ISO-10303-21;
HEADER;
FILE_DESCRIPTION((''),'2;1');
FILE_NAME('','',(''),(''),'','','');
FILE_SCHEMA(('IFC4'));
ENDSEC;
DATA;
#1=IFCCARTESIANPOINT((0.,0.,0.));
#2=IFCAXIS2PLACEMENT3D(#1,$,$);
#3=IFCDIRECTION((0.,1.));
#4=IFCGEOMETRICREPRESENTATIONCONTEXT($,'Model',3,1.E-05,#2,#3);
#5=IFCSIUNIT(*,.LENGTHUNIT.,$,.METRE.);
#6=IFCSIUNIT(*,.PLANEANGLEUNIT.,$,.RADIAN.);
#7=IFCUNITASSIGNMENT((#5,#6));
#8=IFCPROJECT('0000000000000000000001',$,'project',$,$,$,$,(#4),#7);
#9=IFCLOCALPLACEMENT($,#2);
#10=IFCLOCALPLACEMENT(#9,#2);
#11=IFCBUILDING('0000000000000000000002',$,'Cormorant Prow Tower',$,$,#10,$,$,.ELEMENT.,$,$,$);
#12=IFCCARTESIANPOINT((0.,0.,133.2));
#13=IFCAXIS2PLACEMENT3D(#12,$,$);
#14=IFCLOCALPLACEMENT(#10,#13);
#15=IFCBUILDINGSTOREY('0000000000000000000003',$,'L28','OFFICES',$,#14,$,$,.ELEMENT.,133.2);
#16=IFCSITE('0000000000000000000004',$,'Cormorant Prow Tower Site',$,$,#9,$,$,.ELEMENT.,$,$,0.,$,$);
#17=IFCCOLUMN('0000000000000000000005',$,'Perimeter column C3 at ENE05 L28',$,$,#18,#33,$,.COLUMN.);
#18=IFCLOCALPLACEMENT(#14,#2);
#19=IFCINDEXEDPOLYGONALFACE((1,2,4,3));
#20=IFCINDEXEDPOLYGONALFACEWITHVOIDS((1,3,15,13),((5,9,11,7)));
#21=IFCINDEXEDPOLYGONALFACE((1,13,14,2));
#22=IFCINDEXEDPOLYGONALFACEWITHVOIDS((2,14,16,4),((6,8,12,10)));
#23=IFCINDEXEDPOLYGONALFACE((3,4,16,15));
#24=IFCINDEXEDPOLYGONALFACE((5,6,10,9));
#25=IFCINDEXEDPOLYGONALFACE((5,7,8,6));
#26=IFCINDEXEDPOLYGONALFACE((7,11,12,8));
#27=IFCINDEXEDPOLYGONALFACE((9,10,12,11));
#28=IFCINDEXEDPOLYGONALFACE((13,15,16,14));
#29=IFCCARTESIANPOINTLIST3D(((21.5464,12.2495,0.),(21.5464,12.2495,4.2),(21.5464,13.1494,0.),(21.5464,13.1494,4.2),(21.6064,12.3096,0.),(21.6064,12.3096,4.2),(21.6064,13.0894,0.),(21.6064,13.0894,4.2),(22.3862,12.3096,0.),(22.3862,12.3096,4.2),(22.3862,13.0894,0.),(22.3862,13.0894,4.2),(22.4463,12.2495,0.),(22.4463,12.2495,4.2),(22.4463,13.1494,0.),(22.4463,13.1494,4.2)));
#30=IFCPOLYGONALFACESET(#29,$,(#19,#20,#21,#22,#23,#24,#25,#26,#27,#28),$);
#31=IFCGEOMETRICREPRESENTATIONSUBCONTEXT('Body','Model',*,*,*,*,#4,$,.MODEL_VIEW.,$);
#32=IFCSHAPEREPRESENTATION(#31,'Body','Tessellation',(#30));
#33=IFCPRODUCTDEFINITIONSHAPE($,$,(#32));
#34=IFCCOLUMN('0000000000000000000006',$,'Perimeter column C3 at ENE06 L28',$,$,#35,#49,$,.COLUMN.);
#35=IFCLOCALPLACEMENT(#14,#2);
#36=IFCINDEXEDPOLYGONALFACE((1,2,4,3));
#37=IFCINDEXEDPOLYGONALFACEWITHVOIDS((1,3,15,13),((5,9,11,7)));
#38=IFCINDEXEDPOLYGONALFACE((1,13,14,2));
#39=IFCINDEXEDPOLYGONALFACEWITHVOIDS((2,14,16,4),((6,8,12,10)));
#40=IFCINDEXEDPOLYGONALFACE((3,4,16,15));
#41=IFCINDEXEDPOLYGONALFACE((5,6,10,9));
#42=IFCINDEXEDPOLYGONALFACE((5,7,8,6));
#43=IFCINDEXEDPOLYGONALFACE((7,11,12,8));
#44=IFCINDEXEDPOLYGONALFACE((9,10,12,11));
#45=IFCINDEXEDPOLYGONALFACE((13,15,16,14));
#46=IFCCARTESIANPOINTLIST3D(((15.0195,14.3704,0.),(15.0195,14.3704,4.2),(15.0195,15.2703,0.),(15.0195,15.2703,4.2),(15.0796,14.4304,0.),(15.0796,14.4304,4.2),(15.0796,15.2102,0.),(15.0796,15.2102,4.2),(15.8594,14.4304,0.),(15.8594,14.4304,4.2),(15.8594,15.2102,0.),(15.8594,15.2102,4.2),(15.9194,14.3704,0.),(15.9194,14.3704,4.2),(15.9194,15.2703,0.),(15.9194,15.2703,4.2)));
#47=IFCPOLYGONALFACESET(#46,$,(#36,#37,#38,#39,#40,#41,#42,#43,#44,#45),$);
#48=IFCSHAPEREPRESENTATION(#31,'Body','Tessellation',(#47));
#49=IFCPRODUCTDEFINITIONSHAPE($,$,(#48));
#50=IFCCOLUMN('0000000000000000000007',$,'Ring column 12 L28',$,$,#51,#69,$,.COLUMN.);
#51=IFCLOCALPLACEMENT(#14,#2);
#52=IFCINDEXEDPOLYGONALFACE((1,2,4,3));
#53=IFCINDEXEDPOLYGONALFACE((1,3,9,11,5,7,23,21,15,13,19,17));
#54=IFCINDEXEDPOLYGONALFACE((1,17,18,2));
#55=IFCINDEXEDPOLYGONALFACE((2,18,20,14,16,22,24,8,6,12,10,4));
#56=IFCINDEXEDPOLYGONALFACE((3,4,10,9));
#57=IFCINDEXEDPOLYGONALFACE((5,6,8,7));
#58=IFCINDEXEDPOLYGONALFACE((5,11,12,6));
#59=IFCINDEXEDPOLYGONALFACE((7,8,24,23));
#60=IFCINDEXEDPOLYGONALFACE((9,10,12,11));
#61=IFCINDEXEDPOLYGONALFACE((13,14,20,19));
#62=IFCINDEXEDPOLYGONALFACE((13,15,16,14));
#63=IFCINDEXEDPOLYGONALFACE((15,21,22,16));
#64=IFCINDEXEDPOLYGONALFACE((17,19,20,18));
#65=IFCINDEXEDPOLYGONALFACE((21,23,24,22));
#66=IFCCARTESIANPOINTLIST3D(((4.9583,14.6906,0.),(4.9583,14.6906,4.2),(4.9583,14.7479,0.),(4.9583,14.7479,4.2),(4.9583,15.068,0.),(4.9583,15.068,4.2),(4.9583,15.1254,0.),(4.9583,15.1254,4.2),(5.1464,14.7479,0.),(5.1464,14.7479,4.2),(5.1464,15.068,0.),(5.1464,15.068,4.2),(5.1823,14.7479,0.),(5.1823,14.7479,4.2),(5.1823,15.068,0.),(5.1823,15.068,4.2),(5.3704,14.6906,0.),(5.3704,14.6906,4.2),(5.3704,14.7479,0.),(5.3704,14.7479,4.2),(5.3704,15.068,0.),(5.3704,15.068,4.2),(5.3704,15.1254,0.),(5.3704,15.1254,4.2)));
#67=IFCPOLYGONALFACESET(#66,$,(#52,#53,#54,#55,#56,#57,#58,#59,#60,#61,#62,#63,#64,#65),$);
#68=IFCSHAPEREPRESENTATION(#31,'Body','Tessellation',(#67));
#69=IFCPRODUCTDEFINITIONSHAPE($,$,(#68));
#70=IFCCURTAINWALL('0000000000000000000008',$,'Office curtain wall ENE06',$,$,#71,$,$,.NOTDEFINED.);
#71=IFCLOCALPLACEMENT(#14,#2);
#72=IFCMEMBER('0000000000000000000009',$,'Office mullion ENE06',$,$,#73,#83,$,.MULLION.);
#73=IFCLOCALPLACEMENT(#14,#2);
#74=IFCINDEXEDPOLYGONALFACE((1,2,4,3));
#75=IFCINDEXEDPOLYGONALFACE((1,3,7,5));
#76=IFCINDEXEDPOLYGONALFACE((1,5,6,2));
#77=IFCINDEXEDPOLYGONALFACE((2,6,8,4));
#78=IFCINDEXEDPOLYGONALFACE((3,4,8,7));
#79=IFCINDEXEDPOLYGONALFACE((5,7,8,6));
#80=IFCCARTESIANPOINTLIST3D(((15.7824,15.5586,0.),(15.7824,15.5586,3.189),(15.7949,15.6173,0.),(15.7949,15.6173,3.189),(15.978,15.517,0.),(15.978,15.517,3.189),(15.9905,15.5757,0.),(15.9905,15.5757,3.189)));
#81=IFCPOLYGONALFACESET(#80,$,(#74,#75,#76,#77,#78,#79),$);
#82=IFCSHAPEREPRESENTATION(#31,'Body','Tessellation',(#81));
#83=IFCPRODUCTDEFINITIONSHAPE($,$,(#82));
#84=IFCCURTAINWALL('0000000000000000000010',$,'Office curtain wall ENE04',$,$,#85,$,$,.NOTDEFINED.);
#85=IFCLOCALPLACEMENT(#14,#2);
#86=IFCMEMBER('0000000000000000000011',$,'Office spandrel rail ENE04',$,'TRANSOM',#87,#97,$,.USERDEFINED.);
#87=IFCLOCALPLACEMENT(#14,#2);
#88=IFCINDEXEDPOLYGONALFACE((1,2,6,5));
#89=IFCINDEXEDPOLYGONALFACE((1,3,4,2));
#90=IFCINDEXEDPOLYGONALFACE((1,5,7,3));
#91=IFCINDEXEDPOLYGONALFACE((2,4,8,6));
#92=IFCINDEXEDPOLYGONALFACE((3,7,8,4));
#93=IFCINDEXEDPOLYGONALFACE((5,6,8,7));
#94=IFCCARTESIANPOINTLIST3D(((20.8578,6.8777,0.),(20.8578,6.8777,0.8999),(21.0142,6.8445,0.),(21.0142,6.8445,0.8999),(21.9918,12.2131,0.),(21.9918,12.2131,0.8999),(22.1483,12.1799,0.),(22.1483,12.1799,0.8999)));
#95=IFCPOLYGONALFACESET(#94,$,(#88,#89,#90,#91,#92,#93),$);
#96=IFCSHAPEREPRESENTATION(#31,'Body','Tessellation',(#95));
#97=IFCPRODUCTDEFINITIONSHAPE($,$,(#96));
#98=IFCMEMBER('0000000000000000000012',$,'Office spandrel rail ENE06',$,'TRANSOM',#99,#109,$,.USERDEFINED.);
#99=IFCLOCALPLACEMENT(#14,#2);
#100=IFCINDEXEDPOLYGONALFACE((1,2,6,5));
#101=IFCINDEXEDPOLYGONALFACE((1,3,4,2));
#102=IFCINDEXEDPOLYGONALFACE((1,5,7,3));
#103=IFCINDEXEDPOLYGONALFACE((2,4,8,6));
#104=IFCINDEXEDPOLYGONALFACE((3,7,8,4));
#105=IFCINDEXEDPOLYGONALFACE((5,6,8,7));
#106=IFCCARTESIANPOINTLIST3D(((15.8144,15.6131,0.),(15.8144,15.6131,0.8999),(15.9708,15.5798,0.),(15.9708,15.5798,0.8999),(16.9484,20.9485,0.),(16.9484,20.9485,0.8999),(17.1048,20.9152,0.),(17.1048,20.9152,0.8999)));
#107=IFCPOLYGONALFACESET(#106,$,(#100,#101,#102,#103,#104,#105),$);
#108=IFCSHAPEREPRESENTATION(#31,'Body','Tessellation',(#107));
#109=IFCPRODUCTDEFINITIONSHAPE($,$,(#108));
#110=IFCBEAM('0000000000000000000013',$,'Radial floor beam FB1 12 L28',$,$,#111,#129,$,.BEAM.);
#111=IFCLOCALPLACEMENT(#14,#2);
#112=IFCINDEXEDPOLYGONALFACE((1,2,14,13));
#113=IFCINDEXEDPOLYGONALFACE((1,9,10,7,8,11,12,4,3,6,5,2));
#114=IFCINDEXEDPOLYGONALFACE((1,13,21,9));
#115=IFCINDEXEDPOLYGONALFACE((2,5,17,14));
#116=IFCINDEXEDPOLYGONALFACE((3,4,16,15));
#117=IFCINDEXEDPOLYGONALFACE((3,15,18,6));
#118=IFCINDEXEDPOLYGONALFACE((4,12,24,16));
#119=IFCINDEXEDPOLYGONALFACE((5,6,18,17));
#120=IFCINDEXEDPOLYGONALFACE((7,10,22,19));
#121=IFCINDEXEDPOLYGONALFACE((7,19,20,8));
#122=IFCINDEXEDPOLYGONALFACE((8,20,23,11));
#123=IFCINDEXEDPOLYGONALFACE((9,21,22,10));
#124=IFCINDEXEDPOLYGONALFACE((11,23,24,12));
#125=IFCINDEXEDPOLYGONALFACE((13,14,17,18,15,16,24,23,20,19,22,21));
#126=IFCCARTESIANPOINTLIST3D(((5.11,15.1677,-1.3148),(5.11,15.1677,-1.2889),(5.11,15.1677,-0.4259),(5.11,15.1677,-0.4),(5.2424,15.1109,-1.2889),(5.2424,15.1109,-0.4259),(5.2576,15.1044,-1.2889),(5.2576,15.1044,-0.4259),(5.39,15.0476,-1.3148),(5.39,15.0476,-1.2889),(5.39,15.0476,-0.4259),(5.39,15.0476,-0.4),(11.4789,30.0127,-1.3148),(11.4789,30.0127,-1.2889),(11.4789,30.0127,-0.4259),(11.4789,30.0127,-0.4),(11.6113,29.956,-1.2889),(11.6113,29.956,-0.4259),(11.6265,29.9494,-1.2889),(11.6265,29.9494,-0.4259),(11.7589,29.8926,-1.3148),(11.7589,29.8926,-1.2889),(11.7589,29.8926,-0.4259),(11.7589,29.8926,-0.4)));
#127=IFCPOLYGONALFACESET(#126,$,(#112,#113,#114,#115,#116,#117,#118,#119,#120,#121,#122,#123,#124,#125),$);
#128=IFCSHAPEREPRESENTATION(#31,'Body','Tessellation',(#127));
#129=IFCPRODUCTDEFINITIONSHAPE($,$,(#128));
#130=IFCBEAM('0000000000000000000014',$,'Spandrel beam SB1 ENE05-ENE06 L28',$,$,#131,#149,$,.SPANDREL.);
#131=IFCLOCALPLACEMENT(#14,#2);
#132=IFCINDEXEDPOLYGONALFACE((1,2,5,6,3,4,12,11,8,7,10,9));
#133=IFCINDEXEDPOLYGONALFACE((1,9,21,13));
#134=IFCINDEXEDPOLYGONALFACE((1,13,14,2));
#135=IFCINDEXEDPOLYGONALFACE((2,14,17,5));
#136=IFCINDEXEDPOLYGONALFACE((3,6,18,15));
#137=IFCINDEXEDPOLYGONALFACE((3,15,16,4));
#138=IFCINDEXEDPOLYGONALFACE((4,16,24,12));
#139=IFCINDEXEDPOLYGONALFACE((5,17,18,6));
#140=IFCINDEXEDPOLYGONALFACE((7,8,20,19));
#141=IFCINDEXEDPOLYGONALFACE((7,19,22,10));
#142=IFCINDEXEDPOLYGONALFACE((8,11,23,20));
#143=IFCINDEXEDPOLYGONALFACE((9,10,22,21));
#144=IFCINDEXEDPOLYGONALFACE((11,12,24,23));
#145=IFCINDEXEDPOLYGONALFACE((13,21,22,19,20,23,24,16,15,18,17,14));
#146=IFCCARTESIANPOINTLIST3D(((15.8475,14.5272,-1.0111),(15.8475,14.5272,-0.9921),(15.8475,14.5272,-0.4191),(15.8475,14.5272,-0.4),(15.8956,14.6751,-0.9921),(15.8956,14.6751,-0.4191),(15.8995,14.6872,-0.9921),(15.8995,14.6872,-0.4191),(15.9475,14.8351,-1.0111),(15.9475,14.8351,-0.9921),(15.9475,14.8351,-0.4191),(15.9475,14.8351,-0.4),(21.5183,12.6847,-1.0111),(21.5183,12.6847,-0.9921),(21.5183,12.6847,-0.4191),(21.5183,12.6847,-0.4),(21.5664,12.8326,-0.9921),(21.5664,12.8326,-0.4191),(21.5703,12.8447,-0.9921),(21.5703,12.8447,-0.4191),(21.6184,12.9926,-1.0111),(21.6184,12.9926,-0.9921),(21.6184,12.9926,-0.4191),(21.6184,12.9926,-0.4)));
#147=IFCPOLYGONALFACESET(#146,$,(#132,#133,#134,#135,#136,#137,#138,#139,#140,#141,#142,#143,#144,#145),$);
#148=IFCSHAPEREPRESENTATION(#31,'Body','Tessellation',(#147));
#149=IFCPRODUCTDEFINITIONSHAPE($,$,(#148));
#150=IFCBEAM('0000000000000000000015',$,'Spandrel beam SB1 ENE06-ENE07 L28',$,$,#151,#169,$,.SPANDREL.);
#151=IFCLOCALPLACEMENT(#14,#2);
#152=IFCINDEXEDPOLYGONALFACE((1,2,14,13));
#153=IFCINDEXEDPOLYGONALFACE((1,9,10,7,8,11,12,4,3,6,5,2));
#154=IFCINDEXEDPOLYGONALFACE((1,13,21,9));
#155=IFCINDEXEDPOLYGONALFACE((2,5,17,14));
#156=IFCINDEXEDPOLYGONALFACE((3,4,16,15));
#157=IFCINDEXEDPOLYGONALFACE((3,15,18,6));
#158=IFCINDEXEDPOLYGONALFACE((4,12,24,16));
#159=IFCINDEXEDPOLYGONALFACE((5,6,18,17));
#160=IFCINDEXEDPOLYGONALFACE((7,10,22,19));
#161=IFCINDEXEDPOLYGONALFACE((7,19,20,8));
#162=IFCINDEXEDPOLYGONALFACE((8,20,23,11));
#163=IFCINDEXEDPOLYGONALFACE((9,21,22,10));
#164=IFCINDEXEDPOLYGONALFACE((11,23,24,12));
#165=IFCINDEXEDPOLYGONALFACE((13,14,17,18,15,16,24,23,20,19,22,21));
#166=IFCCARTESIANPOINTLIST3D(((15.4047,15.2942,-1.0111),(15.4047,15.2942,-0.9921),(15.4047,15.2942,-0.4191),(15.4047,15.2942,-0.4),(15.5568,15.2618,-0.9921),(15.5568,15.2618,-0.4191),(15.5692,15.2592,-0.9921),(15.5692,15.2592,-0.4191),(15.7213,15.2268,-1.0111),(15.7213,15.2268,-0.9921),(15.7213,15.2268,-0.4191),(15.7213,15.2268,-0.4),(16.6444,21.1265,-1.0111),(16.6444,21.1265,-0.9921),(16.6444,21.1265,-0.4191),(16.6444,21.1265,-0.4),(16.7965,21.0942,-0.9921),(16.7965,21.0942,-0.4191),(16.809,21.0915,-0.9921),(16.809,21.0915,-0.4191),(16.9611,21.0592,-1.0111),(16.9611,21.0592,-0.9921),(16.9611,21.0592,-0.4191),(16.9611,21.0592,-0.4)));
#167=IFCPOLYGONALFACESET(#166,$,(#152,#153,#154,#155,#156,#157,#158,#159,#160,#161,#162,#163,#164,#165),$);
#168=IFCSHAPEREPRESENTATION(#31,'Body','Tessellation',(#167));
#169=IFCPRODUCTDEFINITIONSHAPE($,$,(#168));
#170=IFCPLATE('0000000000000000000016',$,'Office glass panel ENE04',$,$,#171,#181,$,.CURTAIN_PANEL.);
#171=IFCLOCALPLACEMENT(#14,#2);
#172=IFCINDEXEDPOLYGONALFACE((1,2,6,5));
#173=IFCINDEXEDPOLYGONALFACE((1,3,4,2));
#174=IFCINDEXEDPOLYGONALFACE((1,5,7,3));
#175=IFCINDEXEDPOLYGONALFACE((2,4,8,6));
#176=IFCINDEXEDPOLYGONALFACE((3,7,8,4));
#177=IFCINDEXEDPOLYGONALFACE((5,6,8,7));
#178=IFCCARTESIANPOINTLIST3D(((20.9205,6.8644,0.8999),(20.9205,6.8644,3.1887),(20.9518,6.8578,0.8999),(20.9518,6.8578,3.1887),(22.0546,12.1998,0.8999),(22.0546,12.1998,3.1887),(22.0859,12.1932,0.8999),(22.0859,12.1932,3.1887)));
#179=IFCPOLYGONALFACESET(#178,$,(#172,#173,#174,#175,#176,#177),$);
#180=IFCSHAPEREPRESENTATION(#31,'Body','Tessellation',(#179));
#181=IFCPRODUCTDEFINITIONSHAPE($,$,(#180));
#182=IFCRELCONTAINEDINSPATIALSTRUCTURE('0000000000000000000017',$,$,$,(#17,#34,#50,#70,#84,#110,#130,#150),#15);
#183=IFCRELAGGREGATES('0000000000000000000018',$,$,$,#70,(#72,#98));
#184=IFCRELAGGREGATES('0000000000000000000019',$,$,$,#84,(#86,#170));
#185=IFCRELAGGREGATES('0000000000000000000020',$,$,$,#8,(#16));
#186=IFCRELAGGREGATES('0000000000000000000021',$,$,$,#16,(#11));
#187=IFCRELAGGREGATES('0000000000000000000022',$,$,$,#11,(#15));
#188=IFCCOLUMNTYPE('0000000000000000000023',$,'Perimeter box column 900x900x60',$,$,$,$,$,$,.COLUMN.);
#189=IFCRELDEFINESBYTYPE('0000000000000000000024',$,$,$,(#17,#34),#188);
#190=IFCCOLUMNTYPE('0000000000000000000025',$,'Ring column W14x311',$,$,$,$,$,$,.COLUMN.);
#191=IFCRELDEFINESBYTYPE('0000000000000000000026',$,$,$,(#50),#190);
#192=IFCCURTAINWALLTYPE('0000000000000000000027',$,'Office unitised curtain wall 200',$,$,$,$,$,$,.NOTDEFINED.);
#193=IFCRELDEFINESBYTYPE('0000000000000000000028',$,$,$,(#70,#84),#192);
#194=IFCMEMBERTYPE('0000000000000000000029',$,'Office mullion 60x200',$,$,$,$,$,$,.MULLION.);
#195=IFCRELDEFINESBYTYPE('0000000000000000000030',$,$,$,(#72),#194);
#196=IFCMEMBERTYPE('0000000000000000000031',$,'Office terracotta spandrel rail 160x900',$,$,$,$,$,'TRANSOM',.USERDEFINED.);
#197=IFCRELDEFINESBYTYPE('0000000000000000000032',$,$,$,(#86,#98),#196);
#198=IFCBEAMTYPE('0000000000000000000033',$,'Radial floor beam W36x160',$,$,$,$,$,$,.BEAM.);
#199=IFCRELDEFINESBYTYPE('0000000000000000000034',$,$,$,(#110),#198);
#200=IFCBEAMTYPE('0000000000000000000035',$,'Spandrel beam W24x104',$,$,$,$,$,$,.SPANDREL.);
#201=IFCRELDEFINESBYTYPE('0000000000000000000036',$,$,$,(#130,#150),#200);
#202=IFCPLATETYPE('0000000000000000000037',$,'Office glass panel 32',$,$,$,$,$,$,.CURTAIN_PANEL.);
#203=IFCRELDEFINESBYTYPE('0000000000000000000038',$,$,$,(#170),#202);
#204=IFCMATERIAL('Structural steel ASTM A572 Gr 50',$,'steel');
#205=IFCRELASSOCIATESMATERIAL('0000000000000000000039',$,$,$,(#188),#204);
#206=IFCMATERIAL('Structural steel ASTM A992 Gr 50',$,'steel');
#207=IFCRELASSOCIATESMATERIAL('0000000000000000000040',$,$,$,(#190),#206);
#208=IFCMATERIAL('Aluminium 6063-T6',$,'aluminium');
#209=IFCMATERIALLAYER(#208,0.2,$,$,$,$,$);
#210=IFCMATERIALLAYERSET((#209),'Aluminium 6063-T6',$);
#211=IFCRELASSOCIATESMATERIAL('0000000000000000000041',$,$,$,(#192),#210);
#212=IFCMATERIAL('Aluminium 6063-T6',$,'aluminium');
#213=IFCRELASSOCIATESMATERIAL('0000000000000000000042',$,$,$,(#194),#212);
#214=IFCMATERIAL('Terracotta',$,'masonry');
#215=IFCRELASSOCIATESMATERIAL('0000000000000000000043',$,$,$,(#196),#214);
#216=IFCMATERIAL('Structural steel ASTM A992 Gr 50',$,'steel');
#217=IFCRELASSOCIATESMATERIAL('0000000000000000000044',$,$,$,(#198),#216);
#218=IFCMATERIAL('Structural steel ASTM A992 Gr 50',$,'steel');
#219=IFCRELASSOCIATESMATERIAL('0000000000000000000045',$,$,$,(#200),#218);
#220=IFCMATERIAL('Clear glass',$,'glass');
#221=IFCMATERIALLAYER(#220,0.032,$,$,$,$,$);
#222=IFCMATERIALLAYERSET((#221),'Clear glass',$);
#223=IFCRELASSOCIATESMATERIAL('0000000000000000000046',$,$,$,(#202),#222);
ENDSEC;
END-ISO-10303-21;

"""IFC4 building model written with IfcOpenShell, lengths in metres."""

from ifc_helpers import new_model, si_unit, direction, frame, origin, origin_2d, place, context, subcontext, project, spatial, rectangle, hollow_rectangle, i_section, extrude, material, layer, layer_set, material_profile, profile_set, type_object, element, aggregate, save


model = new_model("IFC4")

# Units and contexts
model_context = context("Model", 3, precision=1e-05, world=origin(), true_north=direction((0.0, 1.0)))
body_context = subcontext(model_context, "Body", "Model", "MODEL_VIEW")
ifc_project = project(units=[si_unit("LENGTHUNIT", "METRE"), si_unit("PLANEANGLEUNIT", "RADIAN")], contexts=[model_context])

# Site, building, storey
site_placement = place(None, origin())
site = spatial("IfcSite", under=ifc_project, at=site_placement, Name="Cormorant Prow Tower Site", CompositionType="ELEMENT", RefElevation=0.0)
building_placement = place(site_placement, origin())
building = spatial("IfcBuilding", under=site, at=building_placement, Name="Cormorant Prow Tower", CompositionType="ELEMENT")
storey_placement = place(building_placement, frame((0.0, 0.0, 133.2)))
storey = spatial("IfcBuildingStorey", under=building, at=storey_placement, Name="L28", Description="OFFICES", CompositionType="ELEMENT", Elevation=133.2)

# Columns
ifc_material_1 = material(Name="Structural steel ASTM A572 Gr 50", Category="steel")
ifc_material_profile_1 = material_profile(ifc_material_1, hollow_rectangle(XDim=0.8999, YDim=0.8999, WallThickness=0.0601, at=origin_2d()), Name="Box 900x900x60")
ifc_profile_set_1 = profile_set([ifc_material_profile_1], Name="Structural steel ASTM A572 Gr 50")
column_type_1 = type_object("IfcColumnType", Name="Perimeter box column 900x900x60", PredefinedType="COLUMN", material=ifc_profile_set_1)
for number, where, z_axis, x_axis, name in (
    (1, (21.9963, 12.6995, 0.0), (0.0, 0.0, 1.0), (1.0, 0.0, 0.0), "Perimeter column C3 at ENE05 L28"),
    (2, (15.4695, 14.8203, 0.0), (0.0, 0.0, 1.0), (1.0, 0.0, 0.0), "Perimeter column C3 at ENE06 L28"),
):
    element("IfcColumn", number, at=place(storey_placement, frame(where, z_axis=z_axis, x_axis=x_axis)), inside=storey, type_object=column_type_1, Name=name, PredefinedType="COLUMN", context=body_context, shape_type="SweptSolid", body=[
        extrude(hollow_rectangle(XDim=0.8999, YDim=0.8999, WallThickness=0.0601, at=origin_2d()), origin(), (0.0, 0.0, 1.0), 4.2),
    ])
ifc_material_2 = material(Name="Structural steel ASTM A992 Gr 50", Category="steel")
ifc_material_profile_2 = material_profile(ifc_material_2, i_section(OverallWidth=0.4121, OverallDepth=0.4348, WebThickness=0.0359, FlangeThickness=0.0574, at=origin_2d()), Name="W14x311")
ifc_profile_set_2 = profile_set([ifc_material_profile_2], Name="Structural steel ASTM A992 Gr 50")
column_type_2 = type_object("IfcColumnType", Name="Ring column W14x311", PredefinedType="COLUMN", material=ifc_profile_set_2)
column_placement = place(storey_placement, frame((5.1643, 14.908, 0.0), z_axis=(0.0, 0.0, 1.0), x_axis=(1.0, 0.0, 0.0)))
element("IfcColumn", 3, at=column_placement, inside=storey, type_object=column_type_2, Name="Ring column 12 L28", PredefinedType="COLUMN", context=body_context, shape_type="SweptSolid", body=[
    extrude(i_section(OverallWidth=0.4121, OverallDepth=0.4348, WebThickness=0.0359, FlangeThickness=0.0574, at=origin_2d()), origin(), (0.0, 0.0, 1.0), 4.2),
])

# Curtain walls, members
ifc_material_3 = material(Name="Aluminium 6063-T6", Category="aluminium")
ifc_layer_1 = layer(ifc_material_3, 0.2)
ifc_layer_set_1 = layer_set([ifc_layer_1], Name="Aluminium 6063-T6")
curtain_wall_type = type_object("IfcCurtainWallType", Name="Office unitised curtain wall 200", PredefinedType="NOTDEFINED", material=ifc_layer_set_1)
curtain_wall_1_placement = place(storey_placement, origin())
curtain_wall_1 = element("IfcCurtainWall", 4, at=curtain_wall_1_placement, inside=storey, type_object=curtain_wall_type, Name="Office curtain wall ENE06", PredefinedType="NOTDEFINED")
ifc_material_4 = material(Name="Aluminium 6063-T6", Category="aluminium")
ifc_material_profile_3 = material_profile(ifc_material_4, rectangle(XDim=0.2, YDim=0.0601, at=origin_2d()), Name="Office mullion 60x200")
ifc_profile_set_3 = profile_set([ifc_material_profile_3], Name="Aluminium 6063-T6")
member_type_1 = type_object("IfcMemberType", Name="Office mullion 60x200", PredefinedType="MULLION", material=ifc_profile_set_3)
member_1_placement = place(storey_placement, frame((15.8865, 15.5671, 0.0), z_axis=(0.0, 0.0, 1.0), x_axis=(-0.978148, 0.207912, 0.0)))
member_1 = element("IfcMember", 5, at=member_1_placement, type_object=member_type_1, Name="Office mullion ENE06", PredefinedType="MULLION", context=body_context, shape_type="SweptSolid", body=[
    extrude(rectangle(XDim=0.2, YDim=0.0601, at=origin_2d()), origin(), (0.0, 0.0, 1.0), 3.189),
])
curtain_wall_2_placement = place(storey_placement, origin())
curtain_wall_2 = element("IfcCurtainWall", 6, at=curtain_wall_2_placement, inside=storey, type_object=curtain_wall_type, Name="Office curtain wall ENE04", PredefinedType="NOTDEFINED")
ifc_material_5 = material(Name="Terracotta", Category="masonry")
ifc_material_profile_4 = material_profile(ifc_material_5, rectangle(XDim=0.1599, YDim=0.8999, at=origin_2d()), Name="Office terracotta spandrel rail 160x900")
ifc_profile_set_4 = profile_set([ifc_material_profile_4], Name="Terracotta")
member_type_2 = type_object("IfcMemberType", Name="Office terracotta spandrel rail 160x900", ElementType="TRANSOM", PredefinedType="USERDEFINED", material=ifc_profile_set_4)
member_2_placement = place(storey_placement, frame((20.936, 6.8611, 0.45), z_axis=(0.207903, 0.97815, 0.0), x_axis=(-0.97815, 0.207903, 0.0)))
member_2 = element("IfcMember", 7, at=member_2_placement, type_object=member_type_2, Name="Office spandrel rail ENE04", ObjectType="TRANSOM", PredefinedType="USERDEFINED", context=body_context, shape_type="SweptSolid", body=[
    extrude(rectangle(XDim=0.1599, YDim=0.8999, at=origin_2d()), origin(), (0.0, 0.0, 1.0), 5.4546),
])

# Member
member_3_placement = place(storey_placement, frame((15.8926, 15.5964, 0.45), z_axis=(0.207903, 0.97815, 0.0), x_axis=(-0.97815, 0.207903, 0.0)))
member_3 = element("IfcMember", 8, at=member_3_placement, type_object=member_type_2, Name="Office spandrel rail ENE06", ObjectType="TRANSOM", PredefinedType="USERDEFINED", context=body_context, shape_type="SweptSolid", body=[
    extrude(rectangle(XDim=0.1599, YDim=0.8999, at=origin_2d()), origin(), (0.0, 0.0, 1.0), 5.4546),
])
aggregate(curtain_wall_1, [member_1, member_3])

# Beams
ifc_material_6 = material(Name="Structural steel ASTM A992 Gr 50", Category="steel")
ifc_material_profile_5 = material_profile(ifc_material_6, i_section(OverallWidth=0.3047, OverallDepth=0.9148, WebThickness=0.0166, FlangeThickness=0.0259, at=origin_2d()), Name="W36x160")
ifc_profile_set_5 = profile_set([ifc_material_profile_5], Name="Structural steel ASTM A992 Gr 50")
beam_type_1 = type_object("IfcBeamType", Name="Radial floor beam W36x160", PredefinedType="BEAM", material=ifc_profile_set_5)
beam_placement = place(storey_placement, frame((5.25, 15.1077, -0.8574), z_axis=(0.394273, 0.918993, 0.0), x_axis=(-0.918993, 0.394273, 0.0)))
element("IfcBeam", 9, at=beam_placement, inside=storey, type_object=beam_type_1, Name="Radial floor beam FB1 12 L28", PredefinedType="BEAM", context=body_context, shape_type="SweptSolid", body=[
    extrude(i_section(OverallWidth=0.3047, OverallDepth=0.9148, WebThickness=0.0166, FlangeThickness=0.0259, at=origin_2d()), origin(), (0.0, 0.0, 1.0), 16.1536),
])
ifc_material_7 = material(Name="Structural steel ASTM A992 Gr 50", Category="steel")
ifc_material_profile_6 = material_profile(ifc_material_7, i_section(OverallWidth=0.3237, OverallDepth=0.6111, WebThickness=0.0127, FlangeThickness=0.019, at=origin_2d()), Name="W24x104")
ifc_profile_set_6 = profile_set([ifc_material_profile_6], Name="Structural steel ASTM A992 Gr 50")
beam_type_2 = type_object("IfcBeamType", Name="Spandrel beam W24x104", PredefinedType="SPANDREL", material=ifc_profile_set_6)
for number, where, z_axis, x_axis, name in (
    (10, (21.5684, 12.8386, -0.7056), (-0.951059, 0.309008, 0.0), (-0.309008, -0.951059, 0.0), "Spandrel beam SB1 ENE05-ENE06 L28"),
    (11, (15.563, 15.2605, -0.7056), (0.207921, 0.978146, 0.0), (-0.978146, 0.207921, 0.0), "Spandrel beam SB1 ENE06-ENE07 L28"),
):
    element("IfcBeam", number, at=place(storey_placement, frame(where, z_axis=z_axis, x_axis=x_axis)), inside=storey, type_object=beam_type_2, Name=name, PredefinedType="SPANDREL", context=body_context, shape_type="SweptSolid", body=[
        extrude(i_section(OverallWidth=0.3237, OverallDepth=0.6111, WebThickness=0.0127, FlangeThickness=0.019, at=origin_2d()), origin(), (0.0, 0.0, 1.0), 5.9626),
    ])

# Plate
ifc_material_8 = material(Name="Clear glass", Category="glass")
ifc_layer_2 = layer(ifc_material_8, 0.032)
ifc_layer_set_2 = layer_set([ifc_layer_2], Name="Clear glass")
plate_type = type_object("IfcPlateType", Name="Office glass panel 32", PredefinedType="CURTAIN_PANEL", material=ifc_layer_set_2)
plate_placement = place(storey_placement, frame((21.5032, 9.5288, 0.8999), z_axis=(0.0, 0.0, 1.0), x_axis=(0.207912, 0.978148, 0.0)))
plate = element("IfcPlate", 12, at=plate_placement, type_object=plate_type, Name="Office glass panel ENE04", PredefinedType="CURTAIN_PANEL", context=body_context, shape_type="SweptSolid", body=[
    extrude(rectangle(XDim=5.4546, YDim=0.032, at=origin_2d()), origin(), (0.0, 0.0, 1.0), 2.2888),
])
aggregate(curtain_wall_2, [member_2, plate])

save(model, "model.ifc")
